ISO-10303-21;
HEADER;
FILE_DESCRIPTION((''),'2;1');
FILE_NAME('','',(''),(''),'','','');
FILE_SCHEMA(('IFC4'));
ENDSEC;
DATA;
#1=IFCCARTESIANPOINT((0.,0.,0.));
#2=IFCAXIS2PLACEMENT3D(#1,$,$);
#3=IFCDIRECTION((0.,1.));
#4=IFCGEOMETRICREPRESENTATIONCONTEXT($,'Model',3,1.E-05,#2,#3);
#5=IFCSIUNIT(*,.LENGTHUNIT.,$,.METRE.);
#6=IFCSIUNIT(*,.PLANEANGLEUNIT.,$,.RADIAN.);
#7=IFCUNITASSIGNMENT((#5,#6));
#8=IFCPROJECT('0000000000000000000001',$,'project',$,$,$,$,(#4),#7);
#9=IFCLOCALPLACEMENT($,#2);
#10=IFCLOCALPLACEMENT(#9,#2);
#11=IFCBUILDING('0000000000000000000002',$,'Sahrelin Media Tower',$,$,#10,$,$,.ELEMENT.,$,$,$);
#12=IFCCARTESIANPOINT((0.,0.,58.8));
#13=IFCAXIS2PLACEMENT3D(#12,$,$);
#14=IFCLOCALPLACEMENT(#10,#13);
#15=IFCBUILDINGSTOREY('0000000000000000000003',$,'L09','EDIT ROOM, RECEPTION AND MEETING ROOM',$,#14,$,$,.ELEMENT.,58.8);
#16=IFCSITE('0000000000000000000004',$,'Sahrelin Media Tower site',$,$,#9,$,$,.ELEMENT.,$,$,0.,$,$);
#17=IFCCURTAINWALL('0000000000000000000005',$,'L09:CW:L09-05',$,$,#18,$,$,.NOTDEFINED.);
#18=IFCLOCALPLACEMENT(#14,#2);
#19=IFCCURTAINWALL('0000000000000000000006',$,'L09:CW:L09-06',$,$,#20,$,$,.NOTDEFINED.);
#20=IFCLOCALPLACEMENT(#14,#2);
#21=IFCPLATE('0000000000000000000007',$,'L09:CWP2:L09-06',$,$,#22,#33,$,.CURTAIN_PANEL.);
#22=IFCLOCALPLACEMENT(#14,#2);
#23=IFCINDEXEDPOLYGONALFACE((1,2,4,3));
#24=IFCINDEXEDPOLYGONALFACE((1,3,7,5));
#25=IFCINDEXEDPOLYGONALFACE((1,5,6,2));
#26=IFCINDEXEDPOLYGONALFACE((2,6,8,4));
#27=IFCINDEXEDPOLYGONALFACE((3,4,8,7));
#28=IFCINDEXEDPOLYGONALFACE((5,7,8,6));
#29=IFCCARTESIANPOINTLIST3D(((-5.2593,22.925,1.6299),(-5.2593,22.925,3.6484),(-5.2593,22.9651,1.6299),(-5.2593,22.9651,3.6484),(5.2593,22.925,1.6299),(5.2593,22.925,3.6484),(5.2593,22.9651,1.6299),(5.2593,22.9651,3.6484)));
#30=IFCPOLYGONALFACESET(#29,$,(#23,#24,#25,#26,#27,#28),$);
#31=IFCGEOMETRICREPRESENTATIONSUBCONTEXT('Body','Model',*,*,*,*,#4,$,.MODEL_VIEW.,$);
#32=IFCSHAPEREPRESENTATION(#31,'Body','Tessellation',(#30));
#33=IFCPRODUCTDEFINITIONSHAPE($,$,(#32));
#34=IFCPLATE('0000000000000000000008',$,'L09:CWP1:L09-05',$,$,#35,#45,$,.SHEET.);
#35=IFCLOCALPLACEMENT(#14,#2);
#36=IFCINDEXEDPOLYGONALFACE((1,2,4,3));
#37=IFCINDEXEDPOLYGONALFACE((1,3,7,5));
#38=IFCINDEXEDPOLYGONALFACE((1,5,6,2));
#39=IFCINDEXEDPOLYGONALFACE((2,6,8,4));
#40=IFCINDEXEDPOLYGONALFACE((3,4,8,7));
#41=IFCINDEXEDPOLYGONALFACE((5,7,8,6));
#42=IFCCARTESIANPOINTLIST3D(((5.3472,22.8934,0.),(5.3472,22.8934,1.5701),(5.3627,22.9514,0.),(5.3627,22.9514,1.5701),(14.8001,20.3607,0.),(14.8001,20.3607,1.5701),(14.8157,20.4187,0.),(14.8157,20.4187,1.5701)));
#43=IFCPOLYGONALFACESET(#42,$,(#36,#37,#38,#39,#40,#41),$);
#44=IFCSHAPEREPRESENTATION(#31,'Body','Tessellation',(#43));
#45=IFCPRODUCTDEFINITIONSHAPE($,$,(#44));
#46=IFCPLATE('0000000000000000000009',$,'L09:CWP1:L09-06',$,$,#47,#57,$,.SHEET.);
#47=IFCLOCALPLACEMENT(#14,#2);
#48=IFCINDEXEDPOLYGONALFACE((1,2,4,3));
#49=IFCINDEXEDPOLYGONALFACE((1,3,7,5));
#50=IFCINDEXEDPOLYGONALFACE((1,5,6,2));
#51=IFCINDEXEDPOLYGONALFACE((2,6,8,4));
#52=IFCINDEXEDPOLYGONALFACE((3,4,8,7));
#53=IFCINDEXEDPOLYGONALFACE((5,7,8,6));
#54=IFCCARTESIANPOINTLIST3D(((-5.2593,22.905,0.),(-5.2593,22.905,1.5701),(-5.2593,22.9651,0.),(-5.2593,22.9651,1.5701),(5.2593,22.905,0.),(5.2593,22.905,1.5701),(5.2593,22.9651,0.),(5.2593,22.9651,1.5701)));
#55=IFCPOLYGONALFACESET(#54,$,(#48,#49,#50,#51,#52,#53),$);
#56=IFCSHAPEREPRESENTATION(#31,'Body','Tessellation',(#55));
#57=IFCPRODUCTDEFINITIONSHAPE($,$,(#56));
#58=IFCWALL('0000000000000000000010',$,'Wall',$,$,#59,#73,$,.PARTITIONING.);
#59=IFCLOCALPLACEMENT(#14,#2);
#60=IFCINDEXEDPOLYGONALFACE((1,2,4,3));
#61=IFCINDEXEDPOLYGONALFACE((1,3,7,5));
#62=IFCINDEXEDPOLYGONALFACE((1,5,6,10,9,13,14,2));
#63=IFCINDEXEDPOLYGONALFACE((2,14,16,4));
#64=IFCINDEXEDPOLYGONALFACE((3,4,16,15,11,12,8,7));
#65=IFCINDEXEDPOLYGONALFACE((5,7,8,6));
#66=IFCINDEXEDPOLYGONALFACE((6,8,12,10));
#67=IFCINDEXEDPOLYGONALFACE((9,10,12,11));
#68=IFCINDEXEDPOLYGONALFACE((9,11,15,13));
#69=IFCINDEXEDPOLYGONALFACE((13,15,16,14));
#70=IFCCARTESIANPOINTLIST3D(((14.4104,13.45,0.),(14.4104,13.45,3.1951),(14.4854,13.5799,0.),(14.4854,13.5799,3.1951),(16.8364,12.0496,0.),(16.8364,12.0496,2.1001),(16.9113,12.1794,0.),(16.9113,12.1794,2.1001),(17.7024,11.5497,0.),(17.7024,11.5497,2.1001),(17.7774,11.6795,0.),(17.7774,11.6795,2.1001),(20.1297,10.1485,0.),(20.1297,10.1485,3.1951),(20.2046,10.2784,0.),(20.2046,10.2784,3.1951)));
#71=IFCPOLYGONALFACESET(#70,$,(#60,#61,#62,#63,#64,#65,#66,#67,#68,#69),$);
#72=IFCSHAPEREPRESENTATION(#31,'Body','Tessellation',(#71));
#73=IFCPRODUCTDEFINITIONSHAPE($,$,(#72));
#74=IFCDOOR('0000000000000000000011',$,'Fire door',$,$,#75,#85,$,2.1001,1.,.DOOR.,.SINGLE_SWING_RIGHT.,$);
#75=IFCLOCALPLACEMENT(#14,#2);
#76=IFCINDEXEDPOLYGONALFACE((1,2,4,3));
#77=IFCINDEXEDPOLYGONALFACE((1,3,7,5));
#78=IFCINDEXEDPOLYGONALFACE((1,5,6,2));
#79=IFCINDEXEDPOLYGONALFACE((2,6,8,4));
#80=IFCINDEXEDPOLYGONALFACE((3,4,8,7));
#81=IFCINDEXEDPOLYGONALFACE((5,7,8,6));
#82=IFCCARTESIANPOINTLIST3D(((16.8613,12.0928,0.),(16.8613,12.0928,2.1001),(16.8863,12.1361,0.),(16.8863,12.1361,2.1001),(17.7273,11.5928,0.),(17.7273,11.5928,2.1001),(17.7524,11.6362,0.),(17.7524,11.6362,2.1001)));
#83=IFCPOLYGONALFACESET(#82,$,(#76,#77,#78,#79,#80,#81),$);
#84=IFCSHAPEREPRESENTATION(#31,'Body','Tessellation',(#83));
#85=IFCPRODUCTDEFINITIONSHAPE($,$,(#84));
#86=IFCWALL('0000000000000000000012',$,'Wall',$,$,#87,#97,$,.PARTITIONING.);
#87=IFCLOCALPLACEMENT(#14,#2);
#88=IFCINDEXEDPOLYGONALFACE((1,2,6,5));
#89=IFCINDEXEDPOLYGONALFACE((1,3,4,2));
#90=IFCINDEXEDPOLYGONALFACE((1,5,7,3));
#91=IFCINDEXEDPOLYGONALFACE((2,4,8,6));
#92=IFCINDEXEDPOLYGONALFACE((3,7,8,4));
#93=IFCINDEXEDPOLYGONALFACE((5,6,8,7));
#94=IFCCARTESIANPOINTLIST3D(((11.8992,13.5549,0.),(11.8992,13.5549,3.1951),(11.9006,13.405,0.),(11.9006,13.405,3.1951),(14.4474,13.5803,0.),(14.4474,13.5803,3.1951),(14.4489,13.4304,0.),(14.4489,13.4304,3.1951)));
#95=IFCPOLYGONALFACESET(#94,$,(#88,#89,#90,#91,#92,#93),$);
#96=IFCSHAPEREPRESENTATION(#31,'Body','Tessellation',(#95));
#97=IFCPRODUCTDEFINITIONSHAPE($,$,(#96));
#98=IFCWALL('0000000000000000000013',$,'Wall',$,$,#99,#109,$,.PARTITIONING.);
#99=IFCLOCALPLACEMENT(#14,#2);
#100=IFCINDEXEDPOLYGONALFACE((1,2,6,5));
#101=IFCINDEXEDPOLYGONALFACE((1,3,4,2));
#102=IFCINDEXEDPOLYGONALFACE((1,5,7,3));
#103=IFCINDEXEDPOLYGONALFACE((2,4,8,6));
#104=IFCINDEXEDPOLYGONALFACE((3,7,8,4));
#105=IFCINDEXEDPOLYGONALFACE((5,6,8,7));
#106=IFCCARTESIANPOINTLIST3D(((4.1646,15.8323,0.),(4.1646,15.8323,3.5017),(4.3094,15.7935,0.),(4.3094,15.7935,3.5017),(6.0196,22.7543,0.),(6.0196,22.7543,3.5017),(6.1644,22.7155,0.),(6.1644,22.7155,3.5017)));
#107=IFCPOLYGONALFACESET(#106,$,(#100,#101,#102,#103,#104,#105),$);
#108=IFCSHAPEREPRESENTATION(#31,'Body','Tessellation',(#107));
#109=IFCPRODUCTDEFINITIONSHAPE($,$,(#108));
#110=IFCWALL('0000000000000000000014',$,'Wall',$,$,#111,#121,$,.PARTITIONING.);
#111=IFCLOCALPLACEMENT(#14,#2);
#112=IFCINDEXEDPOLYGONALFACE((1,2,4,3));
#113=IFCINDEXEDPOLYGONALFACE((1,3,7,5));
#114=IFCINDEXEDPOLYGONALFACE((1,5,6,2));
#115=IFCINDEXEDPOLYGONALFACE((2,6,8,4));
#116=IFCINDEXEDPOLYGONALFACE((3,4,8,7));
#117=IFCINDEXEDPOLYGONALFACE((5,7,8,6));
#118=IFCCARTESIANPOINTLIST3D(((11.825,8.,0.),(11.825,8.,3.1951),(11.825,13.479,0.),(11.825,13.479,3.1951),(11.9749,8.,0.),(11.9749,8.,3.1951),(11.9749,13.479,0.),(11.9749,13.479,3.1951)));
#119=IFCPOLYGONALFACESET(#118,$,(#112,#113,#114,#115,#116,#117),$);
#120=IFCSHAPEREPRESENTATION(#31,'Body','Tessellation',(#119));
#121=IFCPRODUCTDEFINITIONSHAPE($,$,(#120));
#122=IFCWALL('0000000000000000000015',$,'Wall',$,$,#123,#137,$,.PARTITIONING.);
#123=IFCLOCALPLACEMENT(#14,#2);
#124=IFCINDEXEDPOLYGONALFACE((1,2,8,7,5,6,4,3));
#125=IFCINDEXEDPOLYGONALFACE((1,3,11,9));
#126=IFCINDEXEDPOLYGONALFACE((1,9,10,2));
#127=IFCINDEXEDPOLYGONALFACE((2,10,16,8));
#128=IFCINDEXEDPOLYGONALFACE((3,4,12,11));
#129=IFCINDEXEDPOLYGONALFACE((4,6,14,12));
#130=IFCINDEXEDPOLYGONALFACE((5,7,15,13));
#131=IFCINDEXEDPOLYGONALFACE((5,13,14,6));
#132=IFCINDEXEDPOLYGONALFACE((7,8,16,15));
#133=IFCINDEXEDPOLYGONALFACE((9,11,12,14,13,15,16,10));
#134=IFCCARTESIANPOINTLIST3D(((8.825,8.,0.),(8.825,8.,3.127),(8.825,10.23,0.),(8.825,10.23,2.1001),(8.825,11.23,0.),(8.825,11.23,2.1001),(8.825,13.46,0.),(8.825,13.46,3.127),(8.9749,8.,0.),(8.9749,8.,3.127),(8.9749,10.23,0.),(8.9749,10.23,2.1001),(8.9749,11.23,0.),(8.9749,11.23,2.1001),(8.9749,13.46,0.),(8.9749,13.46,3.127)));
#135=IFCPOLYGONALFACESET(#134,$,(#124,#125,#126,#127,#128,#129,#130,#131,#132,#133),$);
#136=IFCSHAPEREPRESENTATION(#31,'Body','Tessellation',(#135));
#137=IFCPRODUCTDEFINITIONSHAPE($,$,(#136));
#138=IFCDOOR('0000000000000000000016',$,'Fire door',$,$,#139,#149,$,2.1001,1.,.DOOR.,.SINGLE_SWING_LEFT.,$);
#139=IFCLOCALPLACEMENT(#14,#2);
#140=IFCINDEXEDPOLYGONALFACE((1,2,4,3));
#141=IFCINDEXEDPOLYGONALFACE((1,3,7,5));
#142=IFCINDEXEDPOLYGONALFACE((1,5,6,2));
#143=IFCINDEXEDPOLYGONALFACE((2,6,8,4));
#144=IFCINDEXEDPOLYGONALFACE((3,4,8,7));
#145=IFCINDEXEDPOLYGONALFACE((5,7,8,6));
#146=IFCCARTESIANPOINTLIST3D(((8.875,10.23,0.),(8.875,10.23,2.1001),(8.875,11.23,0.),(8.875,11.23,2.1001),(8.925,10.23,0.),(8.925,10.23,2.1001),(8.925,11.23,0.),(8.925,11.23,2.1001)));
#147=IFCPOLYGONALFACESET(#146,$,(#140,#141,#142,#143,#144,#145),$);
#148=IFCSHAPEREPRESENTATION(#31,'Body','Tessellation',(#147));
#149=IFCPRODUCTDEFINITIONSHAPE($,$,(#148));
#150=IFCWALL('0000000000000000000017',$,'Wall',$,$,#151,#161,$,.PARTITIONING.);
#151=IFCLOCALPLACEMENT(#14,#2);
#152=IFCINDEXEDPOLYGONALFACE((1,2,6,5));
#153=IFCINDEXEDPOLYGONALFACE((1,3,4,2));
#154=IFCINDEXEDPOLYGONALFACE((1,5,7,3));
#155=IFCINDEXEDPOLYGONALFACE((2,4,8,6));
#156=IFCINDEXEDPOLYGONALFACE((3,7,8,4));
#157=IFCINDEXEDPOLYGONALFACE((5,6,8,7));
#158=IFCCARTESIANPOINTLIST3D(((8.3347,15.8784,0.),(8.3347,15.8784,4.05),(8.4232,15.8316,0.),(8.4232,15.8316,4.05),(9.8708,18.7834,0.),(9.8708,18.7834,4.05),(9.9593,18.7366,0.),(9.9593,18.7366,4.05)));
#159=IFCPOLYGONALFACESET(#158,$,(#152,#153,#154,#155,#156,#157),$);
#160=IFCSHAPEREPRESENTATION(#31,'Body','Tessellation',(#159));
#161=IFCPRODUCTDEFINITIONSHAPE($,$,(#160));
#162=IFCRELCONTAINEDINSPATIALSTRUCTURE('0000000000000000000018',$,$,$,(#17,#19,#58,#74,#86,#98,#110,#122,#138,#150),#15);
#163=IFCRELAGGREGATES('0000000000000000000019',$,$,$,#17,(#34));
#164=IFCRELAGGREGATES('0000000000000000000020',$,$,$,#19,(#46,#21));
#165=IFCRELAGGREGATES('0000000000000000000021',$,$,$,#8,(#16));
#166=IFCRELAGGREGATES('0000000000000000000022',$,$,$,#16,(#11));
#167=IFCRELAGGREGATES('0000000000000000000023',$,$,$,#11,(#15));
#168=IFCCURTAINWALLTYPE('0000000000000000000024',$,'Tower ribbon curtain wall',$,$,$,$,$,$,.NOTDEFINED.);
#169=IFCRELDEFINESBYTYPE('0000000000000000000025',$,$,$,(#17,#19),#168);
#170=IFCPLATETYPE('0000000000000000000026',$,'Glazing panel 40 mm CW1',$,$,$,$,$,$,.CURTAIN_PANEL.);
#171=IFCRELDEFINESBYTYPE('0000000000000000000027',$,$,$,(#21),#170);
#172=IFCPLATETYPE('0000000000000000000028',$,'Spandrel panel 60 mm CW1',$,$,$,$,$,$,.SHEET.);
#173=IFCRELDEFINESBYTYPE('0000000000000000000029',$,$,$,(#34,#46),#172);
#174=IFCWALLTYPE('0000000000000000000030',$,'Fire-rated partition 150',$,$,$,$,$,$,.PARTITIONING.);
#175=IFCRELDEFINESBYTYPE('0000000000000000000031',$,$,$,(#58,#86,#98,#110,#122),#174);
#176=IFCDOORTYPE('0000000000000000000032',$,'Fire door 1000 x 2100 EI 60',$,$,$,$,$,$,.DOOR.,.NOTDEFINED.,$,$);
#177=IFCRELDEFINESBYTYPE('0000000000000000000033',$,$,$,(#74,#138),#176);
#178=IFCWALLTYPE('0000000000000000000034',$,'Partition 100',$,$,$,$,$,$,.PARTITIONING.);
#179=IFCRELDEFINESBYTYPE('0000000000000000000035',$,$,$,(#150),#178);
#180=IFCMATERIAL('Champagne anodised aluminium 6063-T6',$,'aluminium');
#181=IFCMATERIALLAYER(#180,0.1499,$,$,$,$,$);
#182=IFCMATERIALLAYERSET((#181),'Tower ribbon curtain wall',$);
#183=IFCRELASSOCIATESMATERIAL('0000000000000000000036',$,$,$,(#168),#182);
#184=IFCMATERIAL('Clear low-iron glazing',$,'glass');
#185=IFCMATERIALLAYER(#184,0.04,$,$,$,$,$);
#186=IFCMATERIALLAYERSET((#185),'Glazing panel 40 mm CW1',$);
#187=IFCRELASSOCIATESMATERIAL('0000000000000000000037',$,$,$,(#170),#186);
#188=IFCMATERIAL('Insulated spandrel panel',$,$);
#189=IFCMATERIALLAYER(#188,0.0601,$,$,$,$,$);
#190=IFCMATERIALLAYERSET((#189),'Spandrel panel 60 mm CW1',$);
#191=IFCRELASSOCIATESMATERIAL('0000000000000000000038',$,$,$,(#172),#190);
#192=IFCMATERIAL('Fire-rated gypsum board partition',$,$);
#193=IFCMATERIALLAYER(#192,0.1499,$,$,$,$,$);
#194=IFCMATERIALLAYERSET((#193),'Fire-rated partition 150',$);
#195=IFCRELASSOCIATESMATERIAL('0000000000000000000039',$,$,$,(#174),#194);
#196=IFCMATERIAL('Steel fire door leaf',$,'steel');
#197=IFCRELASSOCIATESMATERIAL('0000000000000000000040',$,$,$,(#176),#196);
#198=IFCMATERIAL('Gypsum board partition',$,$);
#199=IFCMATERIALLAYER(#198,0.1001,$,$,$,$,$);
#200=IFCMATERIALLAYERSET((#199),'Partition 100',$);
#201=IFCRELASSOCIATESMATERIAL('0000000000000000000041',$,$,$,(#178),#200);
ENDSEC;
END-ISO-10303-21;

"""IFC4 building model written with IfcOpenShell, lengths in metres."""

from ifc_helpers import new_model, si_unit, direction, frame, frame_2d, origin, place, context, subcontext, project, spatial, polyline, rectangle, outline, extrude, material, layer, layer_set, type_object, element, fill, aggregate, save


model = new_model("IFC4")

# Units and contexts
model_context = context("Model", 3, precision=1e-05, world=origin(), true_north=direction((0.0, 1.0)))
body_context = subcontext(model_context, "Body", "Model", "MODEL_VIEW")
ifc_project = project(units=[si_unit("LENGTHUNIT", "METRE"), si_unit("PLANEANGLEUNIT", "RADIAN")], contexts=[model_context])

# Site, building, storey
site_placement = place(None, origin())
site = spatial("IfcSite", under=ifc_project, at=site_placement, Name="Sahrelin Media Tower site", CompositionType="ELEMENT", RefElevation=0.0)
building_placement = place(site_placement, origin())
building = spatial("IfcBuilding", under=site, at=building_placement, Name="Sahrelin Media Tower", CompositionType="ELEMENT")
storey_placement = place(building_placement, frame((0.0, 0.0, 58.8)))
storey = spatial("IfcBuildingStorey", under=building, at=storey_placement, Name="L09", Description="EDIT ROOM, RECEPTION AND MEETING ROOM", CompositionType="ELEMENT", Elevation=58.8)

# Curtain walls
ifc_material_1 = material(Name="Champagne anodised aluminium 6063-T6", Category="aluminium")
ifc_layer_1 = layer(ifc_material_1, 0.1499)
ifc_layer_set_1 = layer_set([ifc_layer_1], Name="Tower ribbon curtain wall")
curtain_wall_type = type_object("IfcCurtainWallType", Name="Tower ribbon curtain wall", PredefinedType="NOTDEFINED", material=ifc_layer_set_1)
curtain_wall_1_placement = place(storey_placement, frame((10.084, 21.6658, 0.0), z_axis=(0.0, 0.0, 1.0), x_axis=(1.0, 0.0, 0.0)))
curtain_wall_1 = element("IfcCurtainWall", 1, at=curtain_wall_1_placement, inside=storey, type_object=curtain_wall_type, Name="L09:CW:L09-05", PredefinedType="NOTDEFINED")
placement_1 = place(storey_placement, frame((0.0, 22.9451, 0.0), z_axis=(0.0, 0.0, 1.0), x_axis=(1.0, 0.0, 0.0)))
curtain_wall_2 = element("IfcCurtainWall", 2, at=placement_1, inside=storey, type_object=curtain_wall_type, Name="L09:CW:L09-06", PredefinedType="NOTDEFINED")

# Plates
ifc_material_2 = material(Name="Clear low-iron glazing", Category="glass")
ifc_layer_2 = layer(ifc_material_2, 0.04)
ifc_layer_set_2 = layer_set([ifc_layer_2], Name="Glazing panel 40 mm CW1")
plate_type_1 = type_object("IfcPlateType", Name="Glazing panel 40 mm CW1", PredefinedType="CURTAIN_PANEL", material=ifc_layer_set_2)
plate_1_placement = place(storey_placement, frame((5.2593, 22.9651, 1.6299), z_axis=(0.0, 1.0, 0.0), x_axis=(-1.0, 0.0, 0.0)))
plate_1 = element("IfcPlate", 3, at=plate_1_placement, type_object=plate_type_1, Name="L09:CWP2:L09-06", PredefinedType="CURTAIN_PANEL", context=body_context, shape_type="SweptSolid", body=[
    extrude(outline(polyline([(0.0, 0.0), (10.5186, 0.0), (10.5186, 2.0186), (0.0, 2.0186), (0.0, 0.0)])), origin(), (0.0, 0.0, -1.0), 0.04),
])
ifc_material_3 = material(Name="Insulated spandrel panel")
ifc_layer_3 = layer(ifc_material_3, 0.0601)
ifc_layer_set_3 = layer_set([ifc_layer_3], Name="Spandrel panel 60 mm CW1")
plate_type_2 = type_object("IfcPlateType", Name="Spandrel panel 60 mm CW1", PredefinedType="SHEET", material=ifc_layer_set_3)
plate_2_placement = place(storey_placement, frame((14.8157, 20.4187, 0.0), z_axis=(0.258802, 0.96593, 0.0), x_axis=(-0.96593, 0.258802, 0.0)))
plate_2 = element("IfcPlate", 4, at=plate_2_placement, type_object=plate_type_2, Name="L09:CWP1:L09-05", PredefinedType="SHEET", context=body_context, shape_type="SweptSolid", body=[
    extrude(outline(polyline([(0.0, 0.0), (9.7864, 0.0), (9.7864, 1.5701), (0.0, 1.5701), (0.0, 0.0)])), origin(), (0.0, 0.0, -1.0), 0.0601),
])
aggregate(curtain_wall_1, [plate_2])
plate_3_placement = place(storey_placement, frame((5.2593, 22.9651, 0.0), z_axis=(0.0, 1.0, 0.0), x_axis=(-1.0, 0.0, 0.0)))
plate_3 = element("IfcPlate", 5, at=plate_3_placement, type_object=plate_type_2, Name="L09:CWP1:L09-06", PredefinedType="SHEET", context=body_context, shape_type="SweptSolid", body=[
    extrude(outline(polyline([(0.0, 0.0), (10.5186, 0.0), (10.5186, 1.5701), (0.0, 1.5701), (0.0, 0.0)])), origin(), (0.0, 0.0, -1.0), 0.0601),
])
aggregate(curtain_wall_2, [plate_3, plate_1])

# Wall, opening, door
ifc_material_4 = material(Name="Fire-rated gypsum board partition")
ifc_layer_4 = layer(ifc_material_4, 0.1499)
ifc_layer_set_4 = layer_set([ifc_layer_4], Name="Fire-rated partition 150")
wall_type_1 = type_object("IfcWallType", Name="Fire-rated partition 150", PredefinedType="PARTITIONING", material=ifc_layer_set_4)
wall_1_placement = place(storey_placement, frame((14.448, 13.5149, 0.0), z_axis=(0.0, 0.0, 1.0), x_axis=(0.866058, -0.499944, 0.0)))
wall_1 = element("IfcWall", 6, at=wall_1_placement, inside=storey, type_object=wall_type_1, Name="Wall", PredefinedType="PARTITIONING", context=body_context, shape_type="SweptSolid", body=[
    extrude(rectangle(XDim=6.6038, YDim=0.1499, at=frame_2d((3.3018, 0.0))), origin(), (0.0, 0.0, 1.0), 3.1951),
])
opening_1_placement = place(wall_1_placement, frame((2.801, 0.0, 0.0)))
opening_1 = element("IfcOpeningElement", 7, at=opening_1_placement, cuts=wall_1, PredefinedType="OPENING", context=body_context, shape_type="SweptSolid", body=[
    extrude(rectangle(XDim=1.0, YDim=2.1001, at=frame_2d((0.5, 1.05))), frame((0.0, 0.075, 0.0), z_axis=(0.0, -1.0, 0.0), x_axis=(1.0, 0.0, 0.0)), (0.0, 0.0, 1.0), 0.1499),
])
ifc_material_5 = material(Name="Steel fire door leaf", Category="steel")
door_type = type_object("IfcDoorType", Name="Fire door 1000 x 2100 EI 60", OperationType="NOTDEFINED", PredefinedType="DOOR", material=ifc_material_5)
door_1_placement = place(opening_1_placement, origin())
door_1 = element("IfcDoor", 8, at=door_1_placement, inside=storey, type_object=door_type, Name="Fire door", OperationType="SINGLE_SWING_RIGHT", OverallHeight=2.1001, OverallWidth=1.0, PredefinedType="DOOR", context=body_context, shape_type="SweptSolid", body=[
    extrude(rectangle(XDim=1.0, YDim=2.1001, at=frame_2d((0.5, 1.05))), frame((0.0, 0.0249, 0.0), z_axis=(0.0, -1.0, 0.0), x_axis=(1.0, 0.0, 0.0)), (0.0, 0.0, 1.0), 0.05),
])
fill(opening_1, door_1)

# Walls
wall_2_placement = place(storey_placement, frame((11.8999, 13.48, 0.0), z_axis=(0.0, 0.0, 1.0), x_axis=(0.99995, 0.009964, 0.0)))
element("IfcWall", 9, at=wall_2_placement, inside=storey, type_object=wall_type_1, Name="Wall", PredefinedType="PARTITIONING", context=body_context, shape_type="SweptSolid", body=[
    extrude(rectangle(XDim=2.5483, YDim=0.1499, at=frame_2d((1.2742, 0.0))), origin(), (0.0, 0.0, 1.0), 3.1951),
])
wall_3_placement = place(storey_placement, frame((4.2371, 15.813, 0.0), z_axis=(0.0, 0.0, 1.0), x_axis=(0.258846, 0.965919, 0.0)))
element("IfcWall", 10, at=wall_3_placement, inside=storey, type_object=wall_type_1, Name="Wall", PredefinedType="PARTITIONING", context=body_context, shape_type="SweptSolid", body=[
    extrude(rectangle(XDim=7.1663, YDim=0.1499, at=frame_2d((3.583, 0.0))), origin(), (0.0, 0.0, 1.0), 3.5017),
])
wall_4_placement = place(storey_placement, frame((11.8999, 8.0, 0.0), z_axis=(0.0, 0.0, 1.0), x_axis=(0.0, 1.0, 0.0)))
element("IfcWall", 11, at=wall_4_placement, inside=storey, type_object=wall_type_1, Name="Wall", PredefinedType="PARTITIONING", context=body_context, shape_type="SweptSolid", body=[
    extrude(rectangle(XDim=5.479, YDim=0.1499, at=frame_2d((2.7395, 0.0))), origin(), (0.0, 0.0, 1.0), 3.1951),
])

# Wall, opening, door
wall_5_placement = place(storey_placement, frame((8.8999, 8.0, 0.0), z_axis=(0.0, 0.0, 1.0), x_axis=(0.0, 1.0, 0.0)))
wall_5 = element("IfcWall", 12, at=wall_5_placement, inside=storey, type_object=wall_type_1, Name="Wall", PredefinedType="PARTITIONING", context=body_context, shape_type="SweptSolid", body=[
    extrude(rectangle(XDim=5.46, YDim=0.1499, at=frame_2d((2.73, 0.0))), origin(), (0.0, 0.0, 1.0), 3.127),
])
opening_2_placement = place(wall_5_placement, frame((2.23, 0.0, 0.0)))
opening_2 = element("IfcOpeningElement", 13, at=opening_2_placement, cuts=wall_5, PredefinedType="OPENING", context=body_context, shape_type="SweptSolid", body=[
    extrude(rectangle(XDim=1.0, YDim=2.1001, at=frame_2d((0.5, 1.05))), frame((0.0, 0.075, 0.0), z_axis=(0.0, -1.0, 0.0), x_axis=(1.0, 0.0, 0.0)), (0.0, 0.0, 1.0), 0.1499),
])
door_2_placement = place(opening_2_placement, origin())
door_2 = element("IfcDoor", 14, at=door_2_placement, inside=storey, type_object=door_type, Name="Fire door", OperationType="SINGLE_SWING_LEFT", OverallHeight=2.1001, OverallWidth=1.0, PredefinedType="DOOR", context=body_context, shape_type="SweptSolid", body=[
    extrude(rectangle(XDim=1.0, YDim=2.1001, at=frame_2d((0.5, 1.05))), frame((0.0, 0.0249, 0.0), z_axis=(0.0, -1.0, 0.0), x_axis=(1.0, 0.0, 0.0)), (0.0, 0.0, 1.0), 0.05),
])
fill(opening_2, door_2)

# Wall
ifc_material_6 = material(Name="Gypsum board partition")
ifc_layer_5 = layer(ifc_material_6, 0.1001)
ifc_layer_set_5 = layer_set([ifc_layer_5], Name="Partition 100")
wall_type_2 = type_object("IfcWallType", Name="Partition 100", PredefinedType="PARTITIONING", material=ifc_layer_set_5)
wall_6_placement = place(storey_placement, frame((8.3789, 15.855, 0.0), z_axis=(0.0, 0.0, 1.0), x_axis=(0.467454, 0.884017, 0.0)))
element("IfcWall", 15, at=wall_6_placement, inside=storey, type_object=wall_type_2, Name="Wall", PredefinedType="PARTITIONING", context=body_context, shape_type="SweptSolid", body=[
    extrude(rectangle(XDim=3.2861, YDim=0.1001, at=frame_2d((1.6431, 0.0))), origin(), (0.0, 0.0, 1.0), 4.05),
])

save(model, "model.ifc")
